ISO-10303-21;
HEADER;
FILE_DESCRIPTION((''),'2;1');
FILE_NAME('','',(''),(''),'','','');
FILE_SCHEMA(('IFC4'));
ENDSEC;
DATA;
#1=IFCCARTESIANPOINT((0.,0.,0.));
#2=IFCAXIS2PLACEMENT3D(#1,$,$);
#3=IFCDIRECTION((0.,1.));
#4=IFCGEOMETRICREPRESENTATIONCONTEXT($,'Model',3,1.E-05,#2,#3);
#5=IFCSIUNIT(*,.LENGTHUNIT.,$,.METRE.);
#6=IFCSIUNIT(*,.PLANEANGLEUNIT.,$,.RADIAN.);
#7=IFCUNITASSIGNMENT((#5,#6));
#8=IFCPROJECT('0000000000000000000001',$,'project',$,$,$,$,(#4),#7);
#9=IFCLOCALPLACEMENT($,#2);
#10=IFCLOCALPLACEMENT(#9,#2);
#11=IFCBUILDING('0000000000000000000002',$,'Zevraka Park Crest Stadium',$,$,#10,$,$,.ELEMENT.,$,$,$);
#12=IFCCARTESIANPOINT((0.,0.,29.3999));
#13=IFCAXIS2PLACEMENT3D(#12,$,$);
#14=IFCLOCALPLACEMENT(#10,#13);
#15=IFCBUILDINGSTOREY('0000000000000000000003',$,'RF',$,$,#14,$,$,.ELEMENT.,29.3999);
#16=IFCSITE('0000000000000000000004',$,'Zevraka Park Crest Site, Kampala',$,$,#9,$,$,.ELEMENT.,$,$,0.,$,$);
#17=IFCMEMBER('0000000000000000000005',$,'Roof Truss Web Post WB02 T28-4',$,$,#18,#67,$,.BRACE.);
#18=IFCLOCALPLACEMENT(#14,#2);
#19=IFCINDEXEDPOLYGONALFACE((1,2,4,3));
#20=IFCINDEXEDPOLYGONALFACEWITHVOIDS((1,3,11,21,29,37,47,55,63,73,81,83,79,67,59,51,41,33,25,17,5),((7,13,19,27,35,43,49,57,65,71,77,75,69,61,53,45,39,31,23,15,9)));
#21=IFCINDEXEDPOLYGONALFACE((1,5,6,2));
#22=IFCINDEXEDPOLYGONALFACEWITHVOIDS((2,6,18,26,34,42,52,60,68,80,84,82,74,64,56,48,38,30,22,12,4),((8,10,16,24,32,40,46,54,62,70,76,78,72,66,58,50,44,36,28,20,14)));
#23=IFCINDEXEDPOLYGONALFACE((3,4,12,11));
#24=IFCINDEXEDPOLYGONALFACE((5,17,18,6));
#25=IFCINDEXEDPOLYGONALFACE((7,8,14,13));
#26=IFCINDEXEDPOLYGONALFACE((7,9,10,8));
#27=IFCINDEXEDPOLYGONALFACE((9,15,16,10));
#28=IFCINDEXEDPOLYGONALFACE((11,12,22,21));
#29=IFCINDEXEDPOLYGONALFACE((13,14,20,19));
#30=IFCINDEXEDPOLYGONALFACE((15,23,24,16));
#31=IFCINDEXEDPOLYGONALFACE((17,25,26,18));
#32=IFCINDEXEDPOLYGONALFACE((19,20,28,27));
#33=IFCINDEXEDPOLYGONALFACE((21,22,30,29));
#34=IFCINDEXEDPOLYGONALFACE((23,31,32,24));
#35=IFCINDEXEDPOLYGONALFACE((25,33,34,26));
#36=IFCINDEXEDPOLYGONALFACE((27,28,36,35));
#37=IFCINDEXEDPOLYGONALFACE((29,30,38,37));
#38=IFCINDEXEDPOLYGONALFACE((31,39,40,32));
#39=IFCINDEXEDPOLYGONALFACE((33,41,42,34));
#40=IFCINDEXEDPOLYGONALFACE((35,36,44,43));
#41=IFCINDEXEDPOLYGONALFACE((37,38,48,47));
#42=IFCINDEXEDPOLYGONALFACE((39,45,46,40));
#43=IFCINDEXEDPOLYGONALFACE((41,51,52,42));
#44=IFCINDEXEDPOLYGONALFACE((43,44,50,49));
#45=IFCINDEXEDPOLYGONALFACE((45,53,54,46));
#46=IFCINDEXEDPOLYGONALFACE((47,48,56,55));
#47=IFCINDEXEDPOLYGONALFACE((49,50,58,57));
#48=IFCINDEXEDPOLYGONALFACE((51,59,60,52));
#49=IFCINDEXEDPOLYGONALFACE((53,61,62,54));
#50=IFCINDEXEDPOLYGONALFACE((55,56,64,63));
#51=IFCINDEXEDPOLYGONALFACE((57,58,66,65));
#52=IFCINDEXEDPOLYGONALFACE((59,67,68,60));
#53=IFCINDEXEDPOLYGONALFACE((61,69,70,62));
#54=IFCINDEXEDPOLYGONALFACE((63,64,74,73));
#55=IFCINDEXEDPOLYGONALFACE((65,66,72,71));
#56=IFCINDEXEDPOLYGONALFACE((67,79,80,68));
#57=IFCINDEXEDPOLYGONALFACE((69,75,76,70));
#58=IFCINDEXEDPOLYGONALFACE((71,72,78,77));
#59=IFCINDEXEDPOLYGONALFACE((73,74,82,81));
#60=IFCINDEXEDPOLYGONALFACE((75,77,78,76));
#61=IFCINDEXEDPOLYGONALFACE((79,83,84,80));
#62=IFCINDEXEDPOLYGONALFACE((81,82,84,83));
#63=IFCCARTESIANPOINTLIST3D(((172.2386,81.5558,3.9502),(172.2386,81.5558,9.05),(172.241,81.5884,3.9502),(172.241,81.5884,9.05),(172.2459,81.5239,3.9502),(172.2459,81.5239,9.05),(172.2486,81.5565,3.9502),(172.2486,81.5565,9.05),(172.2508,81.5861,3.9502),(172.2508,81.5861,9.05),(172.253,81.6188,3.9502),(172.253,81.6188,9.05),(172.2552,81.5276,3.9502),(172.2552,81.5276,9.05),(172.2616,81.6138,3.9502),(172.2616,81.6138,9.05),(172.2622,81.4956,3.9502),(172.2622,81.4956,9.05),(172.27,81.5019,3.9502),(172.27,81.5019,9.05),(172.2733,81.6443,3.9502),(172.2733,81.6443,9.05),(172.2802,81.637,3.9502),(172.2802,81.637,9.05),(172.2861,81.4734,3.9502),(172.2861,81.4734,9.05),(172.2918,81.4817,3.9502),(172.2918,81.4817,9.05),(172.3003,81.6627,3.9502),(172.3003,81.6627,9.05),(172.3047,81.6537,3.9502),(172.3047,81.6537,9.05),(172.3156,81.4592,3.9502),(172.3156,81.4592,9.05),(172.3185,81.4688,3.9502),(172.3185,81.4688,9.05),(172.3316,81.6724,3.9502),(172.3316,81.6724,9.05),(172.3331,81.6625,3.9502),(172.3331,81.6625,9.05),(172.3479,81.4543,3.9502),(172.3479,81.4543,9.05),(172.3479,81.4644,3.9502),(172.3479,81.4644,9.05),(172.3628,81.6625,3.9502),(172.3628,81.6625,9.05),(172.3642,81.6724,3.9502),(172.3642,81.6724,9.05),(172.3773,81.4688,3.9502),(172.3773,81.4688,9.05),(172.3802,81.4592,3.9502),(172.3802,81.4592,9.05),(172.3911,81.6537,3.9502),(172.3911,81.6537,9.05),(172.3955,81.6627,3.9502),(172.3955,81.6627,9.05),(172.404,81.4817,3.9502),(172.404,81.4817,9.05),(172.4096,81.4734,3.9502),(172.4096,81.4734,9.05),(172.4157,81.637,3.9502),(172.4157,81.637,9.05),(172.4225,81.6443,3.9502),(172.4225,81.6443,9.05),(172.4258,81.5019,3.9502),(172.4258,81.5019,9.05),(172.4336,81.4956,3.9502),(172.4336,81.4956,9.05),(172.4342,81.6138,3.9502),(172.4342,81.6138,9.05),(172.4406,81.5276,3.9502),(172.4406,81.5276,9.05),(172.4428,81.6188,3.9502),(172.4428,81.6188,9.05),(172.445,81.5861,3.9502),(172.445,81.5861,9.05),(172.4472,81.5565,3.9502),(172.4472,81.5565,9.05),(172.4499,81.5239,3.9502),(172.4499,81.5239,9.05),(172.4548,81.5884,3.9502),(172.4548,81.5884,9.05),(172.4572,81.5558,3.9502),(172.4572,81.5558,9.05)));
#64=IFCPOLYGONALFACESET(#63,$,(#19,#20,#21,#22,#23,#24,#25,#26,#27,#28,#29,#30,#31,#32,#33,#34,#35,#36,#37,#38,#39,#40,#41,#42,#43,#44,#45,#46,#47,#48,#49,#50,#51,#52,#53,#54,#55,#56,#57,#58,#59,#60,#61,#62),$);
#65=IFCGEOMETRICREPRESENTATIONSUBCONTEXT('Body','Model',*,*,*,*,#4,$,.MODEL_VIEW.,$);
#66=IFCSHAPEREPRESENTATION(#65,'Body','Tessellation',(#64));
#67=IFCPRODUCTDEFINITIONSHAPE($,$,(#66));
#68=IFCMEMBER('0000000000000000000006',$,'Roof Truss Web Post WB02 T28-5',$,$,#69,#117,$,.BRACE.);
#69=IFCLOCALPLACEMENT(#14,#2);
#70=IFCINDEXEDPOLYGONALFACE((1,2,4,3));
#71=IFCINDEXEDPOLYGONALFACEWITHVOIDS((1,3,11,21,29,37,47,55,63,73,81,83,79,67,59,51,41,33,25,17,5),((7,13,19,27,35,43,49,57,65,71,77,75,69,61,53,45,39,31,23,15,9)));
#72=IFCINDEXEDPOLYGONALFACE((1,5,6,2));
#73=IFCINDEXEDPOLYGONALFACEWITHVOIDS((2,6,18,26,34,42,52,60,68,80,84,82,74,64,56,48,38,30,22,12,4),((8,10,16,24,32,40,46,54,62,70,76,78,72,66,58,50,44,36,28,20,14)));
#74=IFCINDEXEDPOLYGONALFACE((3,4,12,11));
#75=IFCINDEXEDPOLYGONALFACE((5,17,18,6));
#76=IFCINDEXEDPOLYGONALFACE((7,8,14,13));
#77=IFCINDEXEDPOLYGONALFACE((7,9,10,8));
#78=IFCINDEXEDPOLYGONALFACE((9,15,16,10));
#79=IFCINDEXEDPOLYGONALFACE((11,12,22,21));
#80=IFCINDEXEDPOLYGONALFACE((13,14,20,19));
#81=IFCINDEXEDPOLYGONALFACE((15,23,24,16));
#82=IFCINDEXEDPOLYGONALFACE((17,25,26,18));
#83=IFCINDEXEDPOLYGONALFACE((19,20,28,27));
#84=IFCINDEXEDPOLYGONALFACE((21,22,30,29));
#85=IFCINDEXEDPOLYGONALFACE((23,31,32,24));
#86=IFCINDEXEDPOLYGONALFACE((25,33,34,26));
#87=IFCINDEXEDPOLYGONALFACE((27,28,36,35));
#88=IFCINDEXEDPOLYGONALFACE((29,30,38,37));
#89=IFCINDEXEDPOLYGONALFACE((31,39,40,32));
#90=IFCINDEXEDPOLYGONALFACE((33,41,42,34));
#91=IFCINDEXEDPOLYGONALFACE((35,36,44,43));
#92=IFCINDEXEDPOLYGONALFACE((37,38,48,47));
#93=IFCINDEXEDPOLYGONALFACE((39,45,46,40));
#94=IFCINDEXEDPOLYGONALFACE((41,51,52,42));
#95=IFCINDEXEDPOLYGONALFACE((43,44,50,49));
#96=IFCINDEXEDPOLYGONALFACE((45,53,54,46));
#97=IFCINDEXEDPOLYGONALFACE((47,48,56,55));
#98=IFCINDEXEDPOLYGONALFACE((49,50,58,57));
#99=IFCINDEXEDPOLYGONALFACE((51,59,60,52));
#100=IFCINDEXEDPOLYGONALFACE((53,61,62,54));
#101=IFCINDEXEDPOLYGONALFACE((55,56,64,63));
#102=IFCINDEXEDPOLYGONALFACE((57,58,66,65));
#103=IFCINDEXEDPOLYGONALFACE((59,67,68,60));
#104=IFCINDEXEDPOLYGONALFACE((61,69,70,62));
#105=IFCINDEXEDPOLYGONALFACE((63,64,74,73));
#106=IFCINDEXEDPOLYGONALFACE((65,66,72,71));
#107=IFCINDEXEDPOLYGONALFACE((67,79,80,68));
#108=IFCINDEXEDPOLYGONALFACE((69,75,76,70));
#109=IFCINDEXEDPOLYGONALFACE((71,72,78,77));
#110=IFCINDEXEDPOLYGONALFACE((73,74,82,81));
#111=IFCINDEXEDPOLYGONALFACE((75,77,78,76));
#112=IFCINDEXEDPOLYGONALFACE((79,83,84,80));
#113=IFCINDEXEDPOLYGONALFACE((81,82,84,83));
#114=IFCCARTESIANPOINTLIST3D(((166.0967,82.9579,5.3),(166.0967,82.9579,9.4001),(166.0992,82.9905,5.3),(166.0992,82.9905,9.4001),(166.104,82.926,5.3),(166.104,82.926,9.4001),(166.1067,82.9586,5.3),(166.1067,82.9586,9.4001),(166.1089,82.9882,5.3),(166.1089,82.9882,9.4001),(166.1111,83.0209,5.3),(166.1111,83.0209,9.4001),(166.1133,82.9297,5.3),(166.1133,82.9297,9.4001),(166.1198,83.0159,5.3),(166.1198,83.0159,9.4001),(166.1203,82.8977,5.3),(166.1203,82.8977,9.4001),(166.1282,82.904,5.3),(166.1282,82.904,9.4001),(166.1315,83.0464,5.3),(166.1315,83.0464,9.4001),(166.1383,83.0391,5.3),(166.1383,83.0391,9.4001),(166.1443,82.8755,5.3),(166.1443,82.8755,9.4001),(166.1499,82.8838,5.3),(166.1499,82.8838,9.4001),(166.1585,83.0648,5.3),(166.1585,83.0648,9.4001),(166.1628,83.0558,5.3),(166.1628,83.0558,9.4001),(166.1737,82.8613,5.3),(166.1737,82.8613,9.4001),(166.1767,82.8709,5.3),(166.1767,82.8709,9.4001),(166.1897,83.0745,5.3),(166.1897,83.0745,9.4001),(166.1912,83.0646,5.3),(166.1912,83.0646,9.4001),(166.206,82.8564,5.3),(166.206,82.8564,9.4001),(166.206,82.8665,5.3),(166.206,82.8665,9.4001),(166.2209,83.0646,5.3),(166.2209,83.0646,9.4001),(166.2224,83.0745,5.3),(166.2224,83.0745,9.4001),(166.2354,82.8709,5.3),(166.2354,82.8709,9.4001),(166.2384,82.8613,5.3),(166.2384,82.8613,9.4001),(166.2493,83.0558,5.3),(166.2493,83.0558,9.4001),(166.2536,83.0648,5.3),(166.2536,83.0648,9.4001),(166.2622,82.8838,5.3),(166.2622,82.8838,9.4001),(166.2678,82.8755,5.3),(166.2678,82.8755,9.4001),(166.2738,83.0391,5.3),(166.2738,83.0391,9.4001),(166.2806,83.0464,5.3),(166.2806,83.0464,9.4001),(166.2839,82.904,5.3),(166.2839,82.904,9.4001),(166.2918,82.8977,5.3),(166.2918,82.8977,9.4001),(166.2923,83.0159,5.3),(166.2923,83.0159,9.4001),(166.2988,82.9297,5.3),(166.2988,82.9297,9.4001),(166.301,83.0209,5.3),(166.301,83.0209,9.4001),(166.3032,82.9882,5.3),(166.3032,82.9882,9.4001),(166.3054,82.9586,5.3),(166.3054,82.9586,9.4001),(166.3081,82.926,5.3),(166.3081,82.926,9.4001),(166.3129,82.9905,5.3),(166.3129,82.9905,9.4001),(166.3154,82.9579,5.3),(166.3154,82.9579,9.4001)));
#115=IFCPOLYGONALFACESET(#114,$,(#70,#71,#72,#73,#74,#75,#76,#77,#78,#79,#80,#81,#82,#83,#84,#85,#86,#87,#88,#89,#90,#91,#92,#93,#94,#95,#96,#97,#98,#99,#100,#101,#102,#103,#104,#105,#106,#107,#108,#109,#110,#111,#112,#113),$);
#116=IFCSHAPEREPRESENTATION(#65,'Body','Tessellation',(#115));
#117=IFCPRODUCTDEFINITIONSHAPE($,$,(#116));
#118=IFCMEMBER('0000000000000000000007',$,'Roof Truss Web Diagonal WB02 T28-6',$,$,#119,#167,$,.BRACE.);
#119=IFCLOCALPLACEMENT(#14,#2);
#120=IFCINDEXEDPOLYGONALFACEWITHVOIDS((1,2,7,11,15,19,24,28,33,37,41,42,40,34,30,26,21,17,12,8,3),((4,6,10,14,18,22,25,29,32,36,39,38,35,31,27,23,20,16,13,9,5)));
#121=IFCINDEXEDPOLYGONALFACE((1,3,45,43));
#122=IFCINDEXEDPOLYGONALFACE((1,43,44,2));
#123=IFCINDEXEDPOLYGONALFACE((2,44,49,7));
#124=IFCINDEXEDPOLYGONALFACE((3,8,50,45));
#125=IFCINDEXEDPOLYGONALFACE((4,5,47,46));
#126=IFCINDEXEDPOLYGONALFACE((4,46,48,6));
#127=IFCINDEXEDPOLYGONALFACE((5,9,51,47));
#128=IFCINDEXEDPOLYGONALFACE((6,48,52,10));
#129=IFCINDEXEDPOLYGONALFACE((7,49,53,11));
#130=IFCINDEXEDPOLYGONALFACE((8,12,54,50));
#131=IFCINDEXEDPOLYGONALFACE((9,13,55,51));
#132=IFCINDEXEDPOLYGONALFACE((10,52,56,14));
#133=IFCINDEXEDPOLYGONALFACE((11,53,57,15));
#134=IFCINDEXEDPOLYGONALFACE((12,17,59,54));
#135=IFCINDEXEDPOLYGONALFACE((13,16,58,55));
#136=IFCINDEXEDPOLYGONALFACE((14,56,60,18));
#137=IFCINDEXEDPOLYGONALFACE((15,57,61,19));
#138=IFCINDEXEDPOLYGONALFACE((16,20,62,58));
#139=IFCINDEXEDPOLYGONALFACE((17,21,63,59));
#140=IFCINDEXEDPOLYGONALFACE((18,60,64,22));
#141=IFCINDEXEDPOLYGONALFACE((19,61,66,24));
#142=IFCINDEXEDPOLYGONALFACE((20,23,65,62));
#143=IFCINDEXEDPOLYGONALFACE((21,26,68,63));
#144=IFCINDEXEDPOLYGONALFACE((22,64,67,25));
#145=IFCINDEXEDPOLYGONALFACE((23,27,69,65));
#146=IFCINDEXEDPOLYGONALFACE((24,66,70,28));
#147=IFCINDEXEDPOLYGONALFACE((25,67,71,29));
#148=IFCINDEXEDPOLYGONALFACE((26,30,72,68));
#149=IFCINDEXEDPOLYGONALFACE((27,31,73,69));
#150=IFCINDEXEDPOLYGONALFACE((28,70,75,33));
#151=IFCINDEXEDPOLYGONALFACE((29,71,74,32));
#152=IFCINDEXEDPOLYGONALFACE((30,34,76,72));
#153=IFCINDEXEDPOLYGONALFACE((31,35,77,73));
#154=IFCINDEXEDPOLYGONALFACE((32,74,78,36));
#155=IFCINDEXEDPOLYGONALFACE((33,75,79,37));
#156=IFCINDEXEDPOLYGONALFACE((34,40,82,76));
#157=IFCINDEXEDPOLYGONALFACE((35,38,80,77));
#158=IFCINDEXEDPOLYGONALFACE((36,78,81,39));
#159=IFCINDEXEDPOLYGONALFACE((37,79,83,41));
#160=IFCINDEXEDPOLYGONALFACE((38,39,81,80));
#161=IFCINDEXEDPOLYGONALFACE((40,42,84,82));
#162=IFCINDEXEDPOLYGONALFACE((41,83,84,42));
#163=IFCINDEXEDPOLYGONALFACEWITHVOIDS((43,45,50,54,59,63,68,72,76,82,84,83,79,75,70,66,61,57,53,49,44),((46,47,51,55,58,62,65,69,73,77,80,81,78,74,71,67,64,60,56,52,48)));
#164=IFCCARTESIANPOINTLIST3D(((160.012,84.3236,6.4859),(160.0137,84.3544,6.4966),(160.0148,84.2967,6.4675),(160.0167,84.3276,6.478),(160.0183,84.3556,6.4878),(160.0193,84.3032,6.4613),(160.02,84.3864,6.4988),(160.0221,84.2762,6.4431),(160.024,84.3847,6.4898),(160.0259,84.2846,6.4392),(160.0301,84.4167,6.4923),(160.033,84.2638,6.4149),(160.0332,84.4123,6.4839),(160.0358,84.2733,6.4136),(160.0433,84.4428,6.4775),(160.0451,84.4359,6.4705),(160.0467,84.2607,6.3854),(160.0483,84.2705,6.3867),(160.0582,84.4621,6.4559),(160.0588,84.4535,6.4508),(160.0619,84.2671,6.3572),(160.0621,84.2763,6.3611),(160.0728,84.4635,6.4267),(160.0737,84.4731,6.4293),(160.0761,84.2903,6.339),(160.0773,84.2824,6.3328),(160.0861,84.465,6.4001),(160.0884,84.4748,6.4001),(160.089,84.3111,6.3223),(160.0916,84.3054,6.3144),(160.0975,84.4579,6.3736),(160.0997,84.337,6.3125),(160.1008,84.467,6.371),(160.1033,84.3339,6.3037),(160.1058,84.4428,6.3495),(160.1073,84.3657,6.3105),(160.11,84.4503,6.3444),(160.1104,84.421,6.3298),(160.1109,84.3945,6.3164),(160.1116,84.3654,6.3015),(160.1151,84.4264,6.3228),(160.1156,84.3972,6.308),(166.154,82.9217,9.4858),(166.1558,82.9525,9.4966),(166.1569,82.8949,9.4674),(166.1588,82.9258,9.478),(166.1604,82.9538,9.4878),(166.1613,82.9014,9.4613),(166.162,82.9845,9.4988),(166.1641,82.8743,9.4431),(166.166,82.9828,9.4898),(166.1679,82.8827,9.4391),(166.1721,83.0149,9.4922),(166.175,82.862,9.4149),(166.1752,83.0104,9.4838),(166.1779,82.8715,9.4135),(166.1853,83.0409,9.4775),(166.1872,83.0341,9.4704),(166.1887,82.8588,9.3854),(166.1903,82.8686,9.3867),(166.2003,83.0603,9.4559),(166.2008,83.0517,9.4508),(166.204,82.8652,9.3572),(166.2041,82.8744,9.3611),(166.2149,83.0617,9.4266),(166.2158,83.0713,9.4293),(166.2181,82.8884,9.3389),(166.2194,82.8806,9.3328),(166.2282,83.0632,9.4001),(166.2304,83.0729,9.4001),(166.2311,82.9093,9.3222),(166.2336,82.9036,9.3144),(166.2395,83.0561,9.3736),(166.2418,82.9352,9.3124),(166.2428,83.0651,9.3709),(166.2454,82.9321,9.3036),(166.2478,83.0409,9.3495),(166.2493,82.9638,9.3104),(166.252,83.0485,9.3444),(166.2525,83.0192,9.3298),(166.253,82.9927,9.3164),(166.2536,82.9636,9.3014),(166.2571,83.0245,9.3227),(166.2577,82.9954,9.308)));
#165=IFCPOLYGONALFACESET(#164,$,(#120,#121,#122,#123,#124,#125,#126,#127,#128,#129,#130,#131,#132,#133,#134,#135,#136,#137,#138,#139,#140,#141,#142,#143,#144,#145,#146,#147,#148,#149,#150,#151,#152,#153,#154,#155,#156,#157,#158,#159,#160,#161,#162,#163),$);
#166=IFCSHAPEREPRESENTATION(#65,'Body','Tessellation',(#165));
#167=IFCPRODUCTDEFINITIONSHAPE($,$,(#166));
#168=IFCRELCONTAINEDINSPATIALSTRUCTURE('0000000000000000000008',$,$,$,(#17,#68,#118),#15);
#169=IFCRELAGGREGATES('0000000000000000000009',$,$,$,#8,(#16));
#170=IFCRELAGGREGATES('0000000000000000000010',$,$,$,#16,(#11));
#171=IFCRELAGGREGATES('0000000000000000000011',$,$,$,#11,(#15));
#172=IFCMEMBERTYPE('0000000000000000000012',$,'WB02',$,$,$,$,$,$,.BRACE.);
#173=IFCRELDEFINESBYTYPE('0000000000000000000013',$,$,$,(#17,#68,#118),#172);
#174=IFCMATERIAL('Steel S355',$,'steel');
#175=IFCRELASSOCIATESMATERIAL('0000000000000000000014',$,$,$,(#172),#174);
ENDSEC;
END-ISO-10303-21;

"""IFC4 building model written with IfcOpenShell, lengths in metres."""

from ifc_helpers import new_model, si_unit, direction, frame, origin, origin_2d, place, context, subcontext, project, spatial, hollow_circle, extrude, material, material_profile, profile_set, type_object, element, save


model = new_model("IFC4")

# Units and contexts
model_context = context("Model", 3, precision=1e-05, world=origin(), true_north=direction((0.0, 1.0)))
body_context = subcontext(model_context, "Body", "Model", "MODEL_VIEW")
ifc_project = project(units=[si_unit("LENGTHUNIT", "METRE"), si_unit("PLANEANGLEUNIT", "RADIAN")], contexts=[model_context])

# Site, building, storey
site_placement = place(None, origin())
site = spatial("IfcSite", under=ifc_project, at=site_placement, Name="Zevraka Park Crest Site, Kampala", CompositionType="ELEMENT", RefElevation=0.0)
building_placement = place(site_placement, origin())
building = spatial("IfcBuilding", under=site, at=building_placement, Name="Zevraka Park Crest Stadium", CompositionType="ELEMENT")
storey_placement = place(building_placement, frame((0.0, 0.0, 29.3999)))
storey = spatial("IfcBuildingStorey", under=building, at=storey_placement, Name="RF", CompositionType="ELEMENT", Elevation=29.3999)

# Members
ifc_material_1 = material(Name="Steel S355", Category="steel")
ifc_material_profile_1 = material_profile(ifc_material_1, hollow_circle(Radius=0.1096, WallThickness=0.01, at=origin_2d()), Name="CHS 219.1x10")
ifc_profile_set_1 = profile_set([ifc_material_profile_1], Name="Steel S355")
member_type_1 = type_object("IfcMemberType", Name="WB02", PredefinedType="BRACE", material=ifc_profile_set_1)
member_1_placement = place(storey_placement, frame((172.3479, 81.564, 3.9502), z_axis=(0.0, 0.0, 1.0), x_axis=(-0.974917, 0.22257, 0.0)))
element("IfcMember", 1, at=member_1_placement, inside=storey, type_object=member_type_1, Name="Roof Truss Web Post WB02 T28-4", PredefinedType="BRACE", context=body_context, shape_type="SweptSolid", body=[
    extrude(hollow_circle(Radius=0.1096, WallThickness=0.01, at=origin_2d()), origin(), (0.0, 0.0, 1.0), 5.0999),
])
member_2_placement = place(storey_placement, frame((166.2061, 82.9661, 5.3), z_axis=(0.0, 0.0, 1.0), x_axis=(-0.974917, 0.22257, 0.0)))
element("IfcMember", 2, at=member_2_placement, inside=storey, type_object=member_type_1, Name="Roof Truss Web Post WB02 T28-5", PredefinedType="BRACE", context=body_context, shape_type="SweptSolid", body=[
    extrude(hollow_circle(Radius=0.1096, WallThickness=0.01, at=origin_2d()), origin(), (0.0, 0.0, 1.0), 4.1001),
])
member_3_placement = place(storey_placement, frame((160.064, 84.3679, 6.4001), z_axis=(0.880226, -0.200901, 0.429932), x_axis=(0.222515, 0.974929, 0.0)))
element("IfcMember", 3, at=member_3_placement, inside=storey, type_object=member_type_1, Name="Roof Truss Web Diagonal WB02 T28-6", PredefinedType="BRACE", context=body_context, shape_type="SweptSolid", body=[
    extrude(hollow_circle(Radius=0.1096, WallThickness=0.01, at=origin_2d()), origin(), (0.0, 0.0, 1.0), 6.9778),
])

save(model, "model.ifc")
